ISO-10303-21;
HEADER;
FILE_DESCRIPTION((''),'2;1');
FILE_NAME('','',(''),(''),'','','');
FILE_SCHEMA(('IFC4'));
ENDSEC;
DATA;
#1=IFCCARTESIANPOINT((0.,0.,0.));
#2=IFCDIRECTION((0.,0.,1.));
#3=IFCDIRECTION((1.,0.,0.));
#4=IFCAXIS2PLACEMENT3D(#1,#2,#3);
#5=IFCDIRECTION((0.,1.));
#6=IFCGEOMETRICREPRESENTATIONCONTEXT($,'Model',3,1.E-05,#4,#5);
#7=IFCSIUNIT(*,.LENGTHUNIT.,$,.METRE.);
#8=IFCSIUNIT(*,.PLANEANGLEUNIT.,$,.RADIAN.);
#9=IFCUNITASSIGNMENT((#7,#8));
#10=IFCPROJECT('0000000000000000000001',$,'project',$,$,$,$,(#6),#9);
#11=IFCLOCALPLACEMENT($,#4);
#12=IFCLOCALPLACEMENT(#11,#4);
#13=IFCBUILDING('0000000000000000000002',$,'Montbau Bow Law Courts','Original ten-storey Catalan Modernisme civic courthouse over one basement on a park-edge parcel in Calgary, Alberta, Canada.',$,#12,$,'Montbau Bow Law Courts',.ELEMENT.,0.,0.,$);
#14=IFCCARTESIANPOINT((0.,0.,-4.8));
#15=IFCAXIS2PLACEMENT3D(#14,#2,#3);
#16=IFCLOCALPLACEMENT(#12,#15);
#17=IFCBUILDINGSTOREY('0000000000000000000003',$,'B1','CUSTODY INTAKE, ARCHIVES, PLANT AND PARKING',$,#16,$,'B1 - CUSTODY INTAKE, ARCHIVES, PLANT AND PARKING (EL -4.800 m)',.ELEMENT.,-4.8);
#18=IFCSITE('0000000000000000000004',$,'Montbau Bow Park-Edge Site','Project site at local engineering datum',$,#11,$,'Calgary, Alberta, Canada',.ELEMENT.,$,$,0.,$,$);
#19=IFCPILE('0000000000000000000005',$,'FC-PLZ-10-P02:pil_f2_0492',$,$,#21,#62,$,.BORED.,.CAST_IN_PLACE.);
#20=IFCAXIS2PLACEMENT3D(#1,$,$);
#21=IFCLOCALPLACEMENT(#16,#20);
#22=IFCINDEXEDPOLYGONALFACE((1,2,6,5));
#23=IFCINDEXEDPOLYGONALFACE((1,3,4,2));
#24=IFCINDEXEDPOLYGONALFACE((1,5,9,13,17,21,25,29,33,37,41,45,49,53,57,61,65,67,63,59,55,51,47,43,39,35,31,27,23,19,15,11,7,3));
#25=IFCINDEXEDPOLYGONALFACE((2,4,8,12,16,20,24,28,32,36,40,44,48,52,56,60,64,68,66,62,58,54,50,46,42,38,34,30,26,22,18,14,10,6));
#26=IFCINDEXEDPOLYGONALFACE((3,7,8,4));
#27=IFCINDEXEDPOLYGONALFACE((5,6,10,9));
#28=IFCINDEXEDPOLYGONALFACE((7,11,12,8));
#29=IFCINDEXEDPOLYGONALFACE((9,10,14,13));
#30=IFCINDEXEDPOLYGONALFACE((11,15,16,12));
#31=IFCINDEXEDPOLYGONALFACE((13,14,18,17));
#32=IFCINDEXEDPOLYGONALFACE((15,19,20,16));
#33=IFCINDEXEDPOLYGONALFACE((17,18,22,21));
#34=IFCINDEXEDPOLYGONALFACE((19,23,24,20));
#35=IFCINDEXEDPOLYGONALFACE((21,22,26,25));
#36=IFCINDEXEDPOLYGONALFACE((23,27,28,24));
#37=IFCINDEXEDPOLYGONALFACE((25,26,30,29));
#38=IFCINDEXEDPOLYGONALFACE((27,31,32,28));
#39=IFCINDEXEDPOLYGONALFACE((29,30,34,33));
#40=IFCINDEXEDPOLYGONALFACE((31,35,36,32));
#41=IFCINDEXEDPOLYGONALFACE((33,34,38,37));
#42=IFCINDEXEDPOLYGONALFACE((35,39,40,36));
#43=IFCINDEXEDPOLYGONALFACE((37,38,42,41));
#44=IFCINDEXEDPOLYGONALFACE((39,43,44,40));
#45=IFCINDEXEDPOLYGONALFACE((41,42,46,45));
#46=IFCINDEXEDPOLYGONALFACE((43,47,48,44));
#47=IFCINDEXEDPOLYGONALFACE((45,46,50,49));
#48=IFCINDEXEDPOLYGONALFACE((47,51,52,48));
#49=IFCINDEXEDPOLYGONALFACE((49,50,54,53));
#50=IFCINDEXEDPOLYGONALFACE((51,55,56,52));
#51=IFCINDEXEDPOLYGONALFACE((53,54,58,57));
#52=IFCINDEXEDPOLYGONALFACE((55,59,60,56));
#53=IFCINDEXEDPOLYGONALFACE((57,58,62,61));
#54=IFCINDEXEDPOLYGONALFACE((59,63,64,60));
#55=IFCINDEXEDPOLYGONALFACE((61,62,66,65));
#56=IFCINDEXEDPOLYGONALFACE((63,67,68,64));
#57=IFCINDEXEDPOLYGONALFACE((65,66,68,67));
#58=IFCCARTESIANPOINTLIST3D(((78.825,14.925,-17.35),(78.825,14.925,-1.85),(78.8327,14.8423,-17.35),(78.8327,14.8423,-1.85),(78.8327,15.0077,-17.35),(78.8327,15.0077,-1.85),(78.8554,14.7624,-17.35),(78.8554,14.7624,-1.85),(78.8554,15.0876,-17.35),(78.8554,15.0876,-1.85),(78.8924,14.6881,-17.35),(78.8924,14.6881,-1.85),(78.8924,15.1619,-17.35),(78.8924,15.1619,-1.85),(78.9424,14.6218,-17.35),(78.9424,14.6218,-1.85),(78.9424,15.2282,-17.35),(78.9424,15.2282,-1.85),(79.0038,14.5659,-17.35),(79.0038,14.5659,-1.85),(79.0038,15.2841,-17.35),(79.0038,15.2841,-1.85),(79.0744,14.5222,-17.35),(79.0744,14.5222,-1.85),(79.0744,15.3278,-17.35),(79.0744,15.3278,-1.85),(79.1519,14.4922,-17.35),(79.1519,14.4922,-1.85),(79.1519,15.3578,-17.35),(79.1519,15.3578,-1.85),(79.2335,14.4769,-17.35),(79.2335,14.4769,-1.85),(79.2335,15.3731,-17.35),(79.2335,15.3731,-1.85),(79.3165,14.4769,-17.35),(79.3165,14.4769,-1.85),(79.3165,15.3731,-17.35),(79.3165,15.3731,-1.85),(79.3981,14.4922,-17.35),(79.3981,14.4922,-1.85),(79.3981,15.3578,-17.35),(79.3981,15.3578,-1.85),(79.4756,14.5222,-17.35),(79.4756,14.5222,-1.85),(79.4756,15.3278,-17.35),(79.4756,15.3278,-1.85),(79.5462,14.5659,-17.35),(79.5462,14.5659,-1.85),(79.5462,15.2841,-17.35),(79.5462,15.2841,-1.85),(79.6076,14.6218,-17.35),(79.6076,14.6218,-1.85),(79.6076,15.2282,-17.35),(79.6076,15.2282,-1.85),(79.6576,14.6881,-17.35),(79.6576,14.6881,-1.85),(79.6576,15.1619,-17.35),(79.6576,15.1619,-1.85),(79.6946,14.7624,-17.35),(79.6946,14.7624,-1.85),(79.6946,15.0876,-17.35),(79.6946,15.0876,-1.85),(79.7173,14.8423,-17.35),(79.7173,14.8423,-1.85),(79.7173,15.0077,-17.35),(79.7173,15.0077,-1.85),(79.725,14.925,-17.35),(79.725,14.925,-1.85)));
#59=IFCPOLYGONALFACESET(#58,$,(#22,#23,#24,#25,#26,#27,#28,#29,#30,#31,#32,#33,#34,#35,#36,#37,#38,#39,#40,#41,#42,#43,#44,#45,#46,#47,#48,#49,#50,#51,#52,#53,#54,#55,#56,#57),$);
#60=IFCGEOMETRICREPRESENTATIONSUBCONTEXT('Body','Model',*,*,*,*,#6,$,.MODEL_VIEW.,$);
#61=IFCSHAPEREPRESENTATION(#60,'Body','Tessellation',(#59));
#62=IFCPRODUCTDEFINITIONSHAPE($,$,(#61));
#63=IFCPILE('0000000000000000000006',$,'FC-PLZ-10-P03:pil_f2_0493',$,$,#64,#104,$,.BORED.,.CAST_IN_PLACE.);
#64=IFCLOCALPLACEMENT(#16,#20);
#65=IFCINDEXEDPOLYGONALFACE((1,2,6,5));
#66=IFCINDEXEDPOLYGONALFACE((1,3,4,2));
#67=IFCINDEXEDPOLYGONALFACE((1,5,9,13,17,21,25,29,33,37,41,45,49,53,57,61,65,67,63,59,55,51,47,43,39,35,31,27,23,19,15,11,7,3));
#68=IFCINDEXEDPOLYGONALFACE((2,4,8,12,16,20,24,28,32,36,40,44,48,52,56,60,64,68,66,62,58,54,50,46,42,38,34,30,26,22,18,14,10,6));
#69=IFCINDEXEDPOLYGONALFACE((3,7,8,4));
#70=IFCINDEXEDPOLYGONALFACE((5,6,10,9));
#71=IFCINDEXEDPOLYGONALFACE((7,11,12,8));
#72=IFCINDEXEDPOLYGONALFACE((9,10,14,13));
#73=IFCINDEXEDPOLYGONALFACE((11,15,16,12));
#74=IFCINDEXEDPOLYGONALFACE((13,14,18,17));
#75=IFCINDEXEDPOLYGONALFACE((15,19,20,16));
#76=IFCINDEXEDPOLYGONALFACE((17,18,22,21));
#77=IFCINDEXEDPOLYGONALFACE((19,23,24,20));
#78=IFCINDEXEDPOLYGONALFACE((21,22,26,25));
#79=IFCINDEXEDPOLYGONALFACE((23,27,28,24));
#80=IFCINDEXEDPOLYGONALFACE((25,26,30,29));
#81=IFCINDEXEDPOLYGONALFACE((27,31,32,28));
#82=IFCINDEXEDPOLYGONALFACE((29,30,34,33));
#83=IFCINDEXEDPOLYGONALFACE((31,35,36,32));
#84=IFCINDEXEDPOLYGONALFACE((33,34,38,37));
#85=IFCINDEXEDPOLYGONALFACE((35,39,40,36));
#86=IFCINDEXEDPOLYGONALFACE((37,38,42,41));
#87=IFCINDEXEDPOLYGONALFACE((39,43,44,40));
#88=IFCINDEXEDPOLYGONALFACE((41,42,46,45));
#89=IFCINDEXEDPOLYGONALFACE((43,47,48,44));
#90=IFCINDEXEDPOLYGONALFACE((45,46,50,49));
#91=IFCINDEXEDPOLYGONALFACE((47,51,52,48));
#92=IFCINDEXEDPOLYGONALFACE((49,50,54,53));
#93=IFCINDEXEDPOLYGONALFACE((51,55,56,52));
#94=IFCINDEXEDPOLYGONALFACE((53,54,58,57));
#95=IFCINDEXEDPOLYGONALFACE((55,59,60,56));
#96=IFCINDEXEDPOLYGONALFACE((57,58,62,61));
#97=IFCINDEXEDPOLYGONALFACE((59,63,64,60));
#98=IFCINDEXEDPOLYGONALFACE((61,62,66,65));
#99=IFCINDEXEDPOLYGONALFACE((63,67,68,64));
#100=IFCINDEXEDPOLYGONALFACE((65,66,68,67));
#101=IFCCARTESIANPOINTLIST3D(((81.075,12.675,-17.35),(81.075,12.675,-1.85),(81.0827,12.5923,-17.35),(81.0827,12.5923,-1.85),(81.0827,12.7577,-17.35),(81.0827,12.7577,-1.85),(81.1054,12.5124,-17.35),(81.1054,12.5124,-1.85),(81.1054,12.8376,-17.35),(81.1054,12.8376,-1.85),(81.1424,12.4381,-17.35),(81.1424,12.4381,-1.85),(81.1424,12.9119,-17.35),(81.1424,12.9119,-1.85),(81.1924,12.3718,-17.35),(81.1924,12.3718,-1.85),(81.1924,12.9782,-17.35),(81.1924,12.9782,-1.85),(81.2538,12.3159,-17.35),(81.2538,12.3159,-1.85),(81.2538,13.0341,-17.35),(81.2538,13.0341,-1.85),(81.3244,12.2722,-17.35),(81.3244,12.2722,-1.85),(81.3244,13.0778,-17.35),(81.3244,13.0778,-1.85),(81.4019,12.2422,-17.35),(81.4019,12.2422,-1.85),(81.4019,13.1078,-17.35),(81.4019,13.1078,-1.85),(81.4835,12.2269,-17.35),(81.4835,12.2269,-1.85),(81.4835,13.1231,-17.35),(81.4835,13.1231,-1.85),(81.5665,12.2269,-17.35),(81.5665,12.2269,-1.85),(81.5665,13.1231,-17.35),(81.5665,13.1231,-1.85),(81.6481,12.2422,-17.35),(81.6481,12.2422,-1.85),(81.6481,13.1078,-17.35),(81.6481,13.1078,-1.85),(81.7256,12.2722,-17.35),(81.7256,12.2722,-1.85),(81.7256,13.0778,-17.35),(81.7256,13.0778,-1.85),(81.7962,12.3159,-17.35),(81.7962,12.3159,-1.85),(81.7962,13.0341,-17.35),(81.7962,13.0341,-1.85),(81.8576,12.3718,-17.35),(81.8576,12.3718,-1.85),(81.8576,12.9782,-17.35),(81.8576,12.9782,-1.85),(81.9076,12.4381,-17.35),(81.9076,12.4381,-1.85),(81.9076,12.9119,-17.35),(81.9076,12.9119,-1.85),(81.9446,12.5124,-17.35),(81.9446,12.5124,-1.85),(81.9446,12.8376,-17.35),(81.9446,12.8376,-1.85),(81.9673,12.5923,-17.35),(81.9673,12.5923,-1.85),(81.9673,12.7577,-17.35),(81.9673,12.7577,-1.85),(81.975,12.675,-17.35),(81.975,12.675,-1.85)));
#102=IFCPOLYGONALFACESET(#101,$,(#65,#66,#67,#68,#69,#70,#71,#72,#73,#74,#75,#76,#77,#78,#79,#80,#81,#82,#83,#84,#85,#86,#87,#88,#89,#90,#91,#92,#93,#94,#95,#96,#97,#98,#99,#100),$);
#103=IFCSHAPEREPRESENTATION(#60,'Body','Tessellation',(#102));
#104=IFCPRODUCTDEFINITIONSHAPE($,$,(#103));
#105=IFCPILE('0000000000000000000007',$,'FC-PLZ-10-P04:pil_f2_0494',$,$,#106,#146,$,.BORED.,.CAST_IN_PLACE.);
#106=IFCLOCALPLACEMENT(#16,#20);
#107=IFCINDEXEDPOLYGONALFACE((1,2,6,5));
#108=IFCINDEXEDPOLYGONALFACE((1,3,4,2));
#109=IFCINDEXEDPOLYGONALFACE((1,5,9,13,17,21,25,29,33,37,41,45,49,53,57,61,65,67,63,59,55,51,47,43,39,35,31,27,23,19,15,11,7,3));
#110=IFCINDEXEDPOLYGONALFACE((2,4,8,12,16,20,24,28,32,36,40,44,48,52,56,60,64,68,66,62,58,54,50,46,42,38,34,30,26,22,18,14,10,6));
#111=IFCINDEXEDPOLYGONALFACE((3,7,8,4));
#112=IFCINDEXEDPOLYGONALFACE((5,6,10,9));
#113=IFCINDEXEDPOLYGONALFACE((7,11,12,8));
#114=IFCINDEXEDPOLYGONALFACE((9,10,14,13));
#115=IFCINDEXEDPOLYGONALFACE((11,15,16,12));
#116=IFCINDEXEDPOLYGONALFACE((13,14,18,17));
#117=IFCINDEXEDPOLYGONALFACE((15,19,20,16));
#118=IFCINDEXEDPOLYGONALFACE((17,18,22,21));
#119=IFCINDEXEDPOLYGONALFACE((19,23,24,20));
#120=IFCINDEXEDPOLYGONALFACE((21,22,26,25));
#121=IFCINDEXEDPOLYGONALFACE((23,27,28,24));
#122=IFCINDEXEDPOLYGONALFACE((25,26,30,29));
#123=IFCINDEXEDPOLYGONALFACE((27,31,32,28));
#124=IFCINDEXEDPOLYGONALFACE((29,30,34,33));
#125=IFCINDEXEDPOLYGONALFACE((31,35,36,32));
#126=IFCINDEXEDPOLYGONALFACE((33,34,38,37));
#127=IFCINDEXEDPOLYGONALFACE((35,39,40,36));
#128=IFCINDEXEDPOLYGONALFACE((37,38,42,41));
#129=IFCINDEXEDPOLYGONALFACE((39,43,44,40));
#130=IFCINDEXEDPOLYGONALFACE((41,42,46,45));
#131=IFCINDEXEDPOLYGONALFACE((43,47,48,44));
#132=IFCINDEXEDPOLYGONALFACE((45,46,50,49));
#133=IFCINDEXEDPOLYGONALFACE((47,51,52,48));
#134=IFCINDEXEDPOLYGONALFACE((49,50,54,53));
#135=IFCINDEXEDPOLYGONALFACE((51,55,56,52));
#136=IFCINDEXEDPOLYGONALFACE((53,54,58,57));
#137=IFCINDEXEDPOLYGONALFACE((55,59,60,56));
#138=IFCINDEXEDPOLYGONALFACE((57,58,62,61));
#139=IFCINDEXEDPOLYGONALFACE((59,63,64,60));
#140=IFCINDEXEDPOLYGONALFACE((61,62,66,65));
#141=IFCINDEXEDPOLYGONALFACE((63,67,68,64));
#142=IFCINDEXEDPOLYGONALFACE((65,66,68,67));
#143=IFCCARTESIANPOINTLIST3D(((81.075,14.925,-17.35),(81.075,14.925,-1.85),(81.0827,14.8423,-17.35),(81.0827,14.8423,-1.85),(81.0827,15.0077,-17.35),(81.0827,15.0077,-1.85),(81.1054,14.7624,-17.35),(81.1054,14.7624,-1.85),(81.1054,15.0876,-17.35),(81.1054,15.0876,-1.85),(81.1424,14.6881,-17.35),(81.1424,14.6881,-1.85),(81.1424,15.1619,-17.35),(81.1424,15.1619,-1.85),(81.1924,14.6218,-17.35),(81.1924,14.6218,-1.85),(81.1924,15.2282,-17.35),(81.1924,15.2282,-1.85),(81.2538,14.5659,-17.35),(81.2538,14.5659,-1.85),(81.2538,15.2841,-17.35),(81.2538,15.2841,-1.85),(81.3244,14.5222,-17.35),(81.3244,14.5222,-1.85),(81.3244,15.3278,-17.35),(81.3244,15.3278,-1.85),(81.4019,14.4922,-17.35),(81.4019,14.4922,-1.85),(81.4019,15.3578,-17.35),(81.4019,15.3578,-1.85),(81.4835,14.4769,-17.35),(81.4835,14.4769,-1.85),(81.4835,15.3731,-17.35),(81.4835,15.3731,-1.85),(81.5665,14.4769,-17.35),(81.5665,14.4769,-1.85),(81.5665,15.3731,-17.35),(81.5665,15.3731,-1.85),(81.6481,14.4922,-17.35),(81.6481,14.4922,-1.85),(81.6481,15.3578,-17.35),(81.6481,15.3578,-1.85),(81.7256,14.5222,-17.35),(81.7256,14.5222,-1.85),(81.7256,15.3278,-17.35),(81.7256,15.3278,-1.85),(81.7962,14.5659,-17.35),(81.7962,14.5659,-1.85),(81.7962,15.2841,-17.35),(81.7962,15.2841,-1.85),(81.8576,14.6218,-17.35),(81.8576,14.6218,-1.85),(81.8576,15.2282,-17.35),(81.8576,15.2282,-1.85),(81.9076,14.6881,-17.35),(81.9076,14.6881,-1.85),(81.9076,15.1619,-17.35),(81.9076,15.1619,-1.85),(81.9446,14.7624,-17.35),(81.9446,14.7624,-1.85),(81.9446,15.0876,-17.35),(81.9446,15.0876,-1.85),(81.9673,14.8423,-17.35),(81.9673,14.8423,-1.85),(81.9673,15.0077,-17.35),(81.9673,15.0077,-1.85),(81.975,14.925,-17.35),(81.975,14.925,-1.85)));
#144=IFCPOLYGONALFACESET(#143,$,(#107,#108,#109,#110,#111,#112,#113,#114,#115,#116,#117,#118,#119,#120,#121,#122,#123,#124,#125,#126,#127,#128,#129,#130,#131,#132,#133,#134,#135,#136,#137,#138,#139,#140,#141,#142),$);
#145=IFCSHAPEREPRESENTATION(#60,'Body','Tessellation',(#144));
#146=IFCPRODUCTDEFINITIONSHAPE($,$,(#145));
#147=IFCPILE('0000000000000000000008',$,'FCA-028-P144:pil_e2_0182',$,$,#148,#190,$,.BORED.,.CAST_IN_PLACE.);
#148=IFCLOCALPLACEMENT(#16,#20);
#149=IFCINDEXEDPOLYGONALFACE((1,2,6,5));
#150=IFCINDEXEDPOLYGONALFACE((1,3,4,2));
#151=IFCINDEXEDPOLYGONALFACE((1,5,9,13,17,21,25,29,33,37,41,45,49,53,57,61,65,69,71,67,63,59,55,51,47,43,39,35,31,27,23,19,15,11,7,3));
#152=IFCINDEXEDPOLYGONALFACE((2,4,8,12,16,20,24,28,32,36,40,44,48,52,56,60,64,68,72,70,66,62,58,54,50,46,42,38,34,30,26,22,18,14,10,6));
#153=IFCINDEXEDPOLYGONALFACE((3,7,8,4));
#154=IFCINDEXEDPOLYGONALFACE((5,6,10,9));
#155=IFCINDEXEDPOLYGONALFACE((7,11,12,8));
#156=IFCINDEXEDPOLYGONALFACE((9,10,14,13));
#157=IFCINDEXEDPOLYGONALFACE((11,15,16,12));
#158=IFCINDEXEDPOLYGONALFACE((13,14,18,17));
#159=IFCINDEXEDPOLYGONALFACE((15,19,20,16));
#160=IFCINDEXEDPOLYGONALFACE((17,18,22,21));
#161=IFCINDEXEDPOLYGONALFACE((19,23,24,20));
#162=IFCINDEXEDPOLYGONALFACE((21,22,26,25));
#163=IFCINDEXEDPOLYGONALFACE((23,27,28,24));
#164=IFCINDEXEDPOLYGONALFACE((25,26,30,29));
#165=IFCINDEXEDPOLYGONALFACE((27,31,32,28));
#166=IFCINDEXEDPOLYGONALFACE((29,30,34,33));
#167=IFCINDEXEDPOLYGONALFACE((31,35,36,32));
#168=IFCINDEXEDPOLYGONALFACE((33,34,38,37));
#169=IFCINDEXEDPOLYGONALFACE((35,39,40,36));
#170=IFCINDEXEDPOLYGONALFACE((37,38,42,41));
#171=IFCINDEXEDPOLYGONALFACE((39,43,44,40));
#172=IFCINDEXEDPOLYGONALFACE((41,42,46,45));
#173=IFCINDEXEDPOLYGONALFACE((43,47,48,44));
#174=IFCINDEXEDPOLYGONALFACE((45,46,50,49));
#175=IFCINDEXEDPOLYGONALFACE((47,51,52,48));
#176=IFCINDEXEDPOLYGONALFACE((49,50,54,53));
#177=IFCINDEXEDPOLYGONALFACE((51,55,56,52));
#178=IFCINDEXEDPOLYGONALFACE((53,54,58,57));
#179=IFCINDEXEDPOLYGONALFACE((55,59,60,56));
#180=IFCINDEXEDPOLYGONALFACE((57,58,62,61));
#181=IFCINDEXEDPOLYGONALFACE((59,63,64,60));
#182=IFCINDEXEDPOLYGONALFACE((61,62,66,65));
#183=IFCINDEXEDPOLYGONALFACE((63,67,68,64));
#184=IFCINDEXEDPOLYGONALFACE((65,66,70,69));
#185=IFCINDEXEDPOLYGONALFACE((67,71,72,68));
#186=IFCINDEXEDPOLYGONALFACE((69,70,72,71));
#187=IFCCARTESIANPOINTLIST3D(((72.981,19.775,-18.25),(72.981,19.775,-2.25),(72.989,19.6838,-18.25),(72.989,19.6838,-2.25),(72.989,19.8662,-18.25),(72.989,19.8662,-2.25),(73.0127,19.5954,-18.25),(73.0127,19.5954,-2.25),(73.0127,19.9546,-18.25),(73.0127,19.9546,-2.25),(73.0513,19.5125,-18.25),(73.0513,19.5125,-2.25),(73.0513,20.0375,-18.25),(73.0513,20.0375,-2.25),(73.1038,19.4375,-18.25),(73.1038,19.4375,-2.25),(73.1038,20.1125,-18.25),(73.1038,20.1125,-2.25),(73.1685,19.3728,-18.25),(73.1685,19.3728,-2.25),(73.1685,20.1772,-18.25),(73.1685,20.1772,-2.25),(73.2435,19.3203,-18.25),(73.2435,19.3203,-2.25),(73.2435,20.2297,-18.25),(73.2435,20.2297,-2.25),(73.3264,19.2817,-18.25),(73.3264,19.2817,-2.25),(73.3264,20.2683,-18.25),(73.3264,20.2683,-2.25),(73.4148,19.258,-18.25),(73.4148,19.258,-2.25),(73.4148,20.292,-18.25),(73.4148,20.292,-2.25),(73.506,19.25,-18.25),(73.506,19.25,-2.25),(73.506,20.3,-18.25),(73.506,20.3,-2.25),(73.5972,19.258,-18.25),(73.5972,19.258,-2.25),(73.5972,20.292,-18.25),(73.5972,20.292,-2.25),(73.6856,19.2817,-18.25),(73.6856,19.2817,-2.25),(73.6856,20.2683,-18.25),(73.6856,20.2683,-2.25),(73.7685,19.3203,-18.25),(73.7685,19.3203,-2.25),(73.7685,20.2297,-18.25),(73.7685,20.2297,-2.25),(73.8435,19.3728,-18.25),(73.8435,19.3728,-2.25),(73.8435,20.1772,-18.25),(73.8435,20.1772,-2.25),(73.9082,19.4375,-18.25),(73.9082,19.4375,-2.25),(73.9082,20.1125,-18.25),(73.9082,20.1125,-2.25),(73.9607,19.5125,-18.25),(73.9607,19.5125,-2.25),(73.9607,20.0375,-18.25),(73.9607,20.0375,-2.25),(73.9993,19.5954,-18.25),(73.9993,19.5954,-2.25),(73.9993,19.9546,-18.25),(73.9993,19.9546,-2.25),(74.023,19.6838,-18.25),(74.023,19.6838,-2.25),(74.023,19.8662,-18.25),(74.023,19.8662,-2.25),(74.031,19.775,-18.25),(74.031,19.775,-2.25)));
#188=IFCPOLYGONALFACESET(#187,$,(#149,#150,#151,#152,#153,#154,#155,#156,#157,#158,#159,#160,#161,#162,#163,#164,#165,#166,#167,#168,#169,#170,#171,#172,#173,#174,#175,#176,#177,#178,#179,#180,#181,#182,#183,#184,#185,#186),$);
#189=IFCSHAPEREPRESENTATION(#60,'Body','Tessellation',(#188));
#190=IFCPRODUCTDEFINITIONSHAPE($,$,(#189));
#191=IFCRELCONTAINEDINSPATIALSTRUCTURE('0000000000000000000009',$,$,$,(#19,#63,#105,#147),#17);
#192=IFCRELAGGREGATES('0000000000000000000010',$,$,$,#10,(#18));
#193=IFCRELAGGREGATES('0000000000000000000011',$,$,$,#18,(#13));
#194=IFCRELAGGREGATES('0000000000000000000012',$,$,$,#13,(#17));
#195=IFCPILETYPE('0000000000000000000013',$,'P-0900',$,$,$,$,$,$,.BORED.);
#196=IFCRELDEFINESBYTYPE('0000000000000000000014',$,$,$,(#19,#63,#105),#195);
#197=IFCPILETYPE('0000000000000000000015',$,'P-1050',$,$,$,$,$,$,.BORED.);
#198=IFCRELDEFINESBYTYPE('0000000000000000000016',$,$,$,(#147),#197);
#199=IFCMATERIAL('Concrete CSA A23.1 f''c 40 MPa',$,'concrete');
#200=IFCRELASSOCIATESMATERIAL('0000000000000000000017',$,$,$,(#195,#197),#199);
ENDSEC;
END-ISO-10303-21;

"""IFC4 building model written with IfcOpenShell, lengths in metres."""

from ifc_helpers import new_model, si_unit, direction, frame, origin_with_axes, origin_2d_with_axis, place, context, subcontext, project, spatial, circle, extrude, material, material_profile, profile_set, type_object, element, save


model = new_model("IFC4")

# Units and contexts
model_context = context("Model", 3, precision=1e-05, world=origin_with_axes(), true_north=direction((0.0, 1.0)))
body_context = subcontext(model_context, "Body", "Model", "MODEL_VIEW")
ifc_project = project(units=[si_unit("LENGTHUNIT", "METRE"), si_unit("PLANEANGLEUNIT", "RADIAN")], contexts=[model_context])

# Site, building, storey
site_placement = place(None, origin_with_axes())
site = spatial("IfcSite", under=ifc_project, at=site_placement, Name="Montbau Bow Park-Edge Site", Description="Project site at local engineering datum", LongName="Calgary, Alberta, Canada", CompositionType="ELEMENT", RefElevation=0.0)
building_placement = place(site_placement, origin_with_axes())
building = spatial("IfcBuilding", under=site, at=building_placement, Name="Montbau Bow Law Courts", Description="Original ten-storey Catalan Modernisme civic courthouse over one basement on a park-edge parcel in Calgary, Alberta, Canada.", LongName="Montbau Bow Law Courts", CompositionType="ELEMENT", ElevationOfRefHeight=0.0, ElevationOfTerrain=0.0)
storey_placement = place(building_placement, frame((0.0, 0.0, -4.8), z_axis=(0.0, 0.0, 1.0), x_axis=(1.0, 0.0, 0.0)))
storey = spatial("IfcBuildingStorey", under=building, at=storey_placement, Name="B1", Description="CUSTODY INTAKE, ARCHIVES, PLANT AND PARKING", LongName="B1 - CUSTODY INTAKE, ARCHIVES, PLANT AND PARKING (EL -4.800 m)", CompositionType="ELEMENT", Elevation=-4.8)

# Piles
ifc_material_1 = material(Name="Concrete CSA A23.1 f'c 40 MPa", Category="concrete")
ifc_material_profile_1 = material_profile(ifc_material_1, circle(Radius=0.45, at=origin_2d_with_axis()), Name="BP900", Category="Main", Priority=0)
ifc_profile_set_1 = profile_set([ifc_material_profile_1], Name="Concrete CSA A23.1 f'c 40 MPa")
pile_type_1 = type_object("IfcPileType", Name="P-0900", PredefinedType="BORED", material=ifc_profile_set_1)
for number, where, z_axis, x_axis, name in (
    (1, (79.275, 14.925, -22.15), (0.0, 0.0, 1.0), (1.0, 0.0, 0.0), "FC-PLZ-10-P02:pil_f2_0492"),
    (2, (81.525, 12.675, -22.15), (0.0, 0.0, 1.0), (1.0, 0.0, 0.0), "FC-PLZ-10-P03:pil_f2_0493"),
    (3, (81.525, 14.925, -22.15), (0.0, 0.0, 1.0), (1.0, 0.0, 0.0), "FC-PLZ-10-P04:pil_f2_0494"),
):
    element("IfcPile", number, at=place(None, frame(where, z_axis=z_axis, x_axis=x_axis)), inside=storey, type_object=pile_type_1, Name=name, ConstructionType="CAST_IN_PLACE", PredefinedType="BORED", context=body_context, shape_type="SweptSolid", body=[
        extrude(circle(Radius=0.45, at=origin_2d_with_axis()), origin_with_axes(), (0.0, 0.0, 1.0), 15.5),
    ])
ifc_material_profile_2 = material_profile(ifc_material_1, circle(Radius=0.525, at=origin_2d_with_axis()), Name="BP1050", Category="Main", Priority=0)
ifc_profile_set_2 = profile_set([ifc_material_profile_2], Name="Concrete CSA A23.1 f'c 40 MPa")
pile_type_2 = type_object("IfcPileType", Name="P-1050", PredefinedType="BORED", material=ifc_profile_set_2)
for number, where, z_axis, x_axis, name in (
    (4, (73.506, 19.775, -23.05), (0.0, 0.0, 1.0), (1.0, 0.0, 0.0), "FCA-028-P144:pil_e2_0182"),
):
    element("IfcPile", number, at=place(None, frame(where, z_axis=z_axis, x_axis=x_axis)), inside=storey, type_object=pile_type_2, Name=name, ConstructionType="CAST_IN_PLACE", PredefinedType="BORED", context=body_context, shape_type="SweptSolid", body=[
        extrude(circle(Radius=0.525, at=origin_2d_with_axis()), origin_with_axes(), (0.0, 0.0, 1.0), 16.0),
    ])

save(model, "model.ifc")
